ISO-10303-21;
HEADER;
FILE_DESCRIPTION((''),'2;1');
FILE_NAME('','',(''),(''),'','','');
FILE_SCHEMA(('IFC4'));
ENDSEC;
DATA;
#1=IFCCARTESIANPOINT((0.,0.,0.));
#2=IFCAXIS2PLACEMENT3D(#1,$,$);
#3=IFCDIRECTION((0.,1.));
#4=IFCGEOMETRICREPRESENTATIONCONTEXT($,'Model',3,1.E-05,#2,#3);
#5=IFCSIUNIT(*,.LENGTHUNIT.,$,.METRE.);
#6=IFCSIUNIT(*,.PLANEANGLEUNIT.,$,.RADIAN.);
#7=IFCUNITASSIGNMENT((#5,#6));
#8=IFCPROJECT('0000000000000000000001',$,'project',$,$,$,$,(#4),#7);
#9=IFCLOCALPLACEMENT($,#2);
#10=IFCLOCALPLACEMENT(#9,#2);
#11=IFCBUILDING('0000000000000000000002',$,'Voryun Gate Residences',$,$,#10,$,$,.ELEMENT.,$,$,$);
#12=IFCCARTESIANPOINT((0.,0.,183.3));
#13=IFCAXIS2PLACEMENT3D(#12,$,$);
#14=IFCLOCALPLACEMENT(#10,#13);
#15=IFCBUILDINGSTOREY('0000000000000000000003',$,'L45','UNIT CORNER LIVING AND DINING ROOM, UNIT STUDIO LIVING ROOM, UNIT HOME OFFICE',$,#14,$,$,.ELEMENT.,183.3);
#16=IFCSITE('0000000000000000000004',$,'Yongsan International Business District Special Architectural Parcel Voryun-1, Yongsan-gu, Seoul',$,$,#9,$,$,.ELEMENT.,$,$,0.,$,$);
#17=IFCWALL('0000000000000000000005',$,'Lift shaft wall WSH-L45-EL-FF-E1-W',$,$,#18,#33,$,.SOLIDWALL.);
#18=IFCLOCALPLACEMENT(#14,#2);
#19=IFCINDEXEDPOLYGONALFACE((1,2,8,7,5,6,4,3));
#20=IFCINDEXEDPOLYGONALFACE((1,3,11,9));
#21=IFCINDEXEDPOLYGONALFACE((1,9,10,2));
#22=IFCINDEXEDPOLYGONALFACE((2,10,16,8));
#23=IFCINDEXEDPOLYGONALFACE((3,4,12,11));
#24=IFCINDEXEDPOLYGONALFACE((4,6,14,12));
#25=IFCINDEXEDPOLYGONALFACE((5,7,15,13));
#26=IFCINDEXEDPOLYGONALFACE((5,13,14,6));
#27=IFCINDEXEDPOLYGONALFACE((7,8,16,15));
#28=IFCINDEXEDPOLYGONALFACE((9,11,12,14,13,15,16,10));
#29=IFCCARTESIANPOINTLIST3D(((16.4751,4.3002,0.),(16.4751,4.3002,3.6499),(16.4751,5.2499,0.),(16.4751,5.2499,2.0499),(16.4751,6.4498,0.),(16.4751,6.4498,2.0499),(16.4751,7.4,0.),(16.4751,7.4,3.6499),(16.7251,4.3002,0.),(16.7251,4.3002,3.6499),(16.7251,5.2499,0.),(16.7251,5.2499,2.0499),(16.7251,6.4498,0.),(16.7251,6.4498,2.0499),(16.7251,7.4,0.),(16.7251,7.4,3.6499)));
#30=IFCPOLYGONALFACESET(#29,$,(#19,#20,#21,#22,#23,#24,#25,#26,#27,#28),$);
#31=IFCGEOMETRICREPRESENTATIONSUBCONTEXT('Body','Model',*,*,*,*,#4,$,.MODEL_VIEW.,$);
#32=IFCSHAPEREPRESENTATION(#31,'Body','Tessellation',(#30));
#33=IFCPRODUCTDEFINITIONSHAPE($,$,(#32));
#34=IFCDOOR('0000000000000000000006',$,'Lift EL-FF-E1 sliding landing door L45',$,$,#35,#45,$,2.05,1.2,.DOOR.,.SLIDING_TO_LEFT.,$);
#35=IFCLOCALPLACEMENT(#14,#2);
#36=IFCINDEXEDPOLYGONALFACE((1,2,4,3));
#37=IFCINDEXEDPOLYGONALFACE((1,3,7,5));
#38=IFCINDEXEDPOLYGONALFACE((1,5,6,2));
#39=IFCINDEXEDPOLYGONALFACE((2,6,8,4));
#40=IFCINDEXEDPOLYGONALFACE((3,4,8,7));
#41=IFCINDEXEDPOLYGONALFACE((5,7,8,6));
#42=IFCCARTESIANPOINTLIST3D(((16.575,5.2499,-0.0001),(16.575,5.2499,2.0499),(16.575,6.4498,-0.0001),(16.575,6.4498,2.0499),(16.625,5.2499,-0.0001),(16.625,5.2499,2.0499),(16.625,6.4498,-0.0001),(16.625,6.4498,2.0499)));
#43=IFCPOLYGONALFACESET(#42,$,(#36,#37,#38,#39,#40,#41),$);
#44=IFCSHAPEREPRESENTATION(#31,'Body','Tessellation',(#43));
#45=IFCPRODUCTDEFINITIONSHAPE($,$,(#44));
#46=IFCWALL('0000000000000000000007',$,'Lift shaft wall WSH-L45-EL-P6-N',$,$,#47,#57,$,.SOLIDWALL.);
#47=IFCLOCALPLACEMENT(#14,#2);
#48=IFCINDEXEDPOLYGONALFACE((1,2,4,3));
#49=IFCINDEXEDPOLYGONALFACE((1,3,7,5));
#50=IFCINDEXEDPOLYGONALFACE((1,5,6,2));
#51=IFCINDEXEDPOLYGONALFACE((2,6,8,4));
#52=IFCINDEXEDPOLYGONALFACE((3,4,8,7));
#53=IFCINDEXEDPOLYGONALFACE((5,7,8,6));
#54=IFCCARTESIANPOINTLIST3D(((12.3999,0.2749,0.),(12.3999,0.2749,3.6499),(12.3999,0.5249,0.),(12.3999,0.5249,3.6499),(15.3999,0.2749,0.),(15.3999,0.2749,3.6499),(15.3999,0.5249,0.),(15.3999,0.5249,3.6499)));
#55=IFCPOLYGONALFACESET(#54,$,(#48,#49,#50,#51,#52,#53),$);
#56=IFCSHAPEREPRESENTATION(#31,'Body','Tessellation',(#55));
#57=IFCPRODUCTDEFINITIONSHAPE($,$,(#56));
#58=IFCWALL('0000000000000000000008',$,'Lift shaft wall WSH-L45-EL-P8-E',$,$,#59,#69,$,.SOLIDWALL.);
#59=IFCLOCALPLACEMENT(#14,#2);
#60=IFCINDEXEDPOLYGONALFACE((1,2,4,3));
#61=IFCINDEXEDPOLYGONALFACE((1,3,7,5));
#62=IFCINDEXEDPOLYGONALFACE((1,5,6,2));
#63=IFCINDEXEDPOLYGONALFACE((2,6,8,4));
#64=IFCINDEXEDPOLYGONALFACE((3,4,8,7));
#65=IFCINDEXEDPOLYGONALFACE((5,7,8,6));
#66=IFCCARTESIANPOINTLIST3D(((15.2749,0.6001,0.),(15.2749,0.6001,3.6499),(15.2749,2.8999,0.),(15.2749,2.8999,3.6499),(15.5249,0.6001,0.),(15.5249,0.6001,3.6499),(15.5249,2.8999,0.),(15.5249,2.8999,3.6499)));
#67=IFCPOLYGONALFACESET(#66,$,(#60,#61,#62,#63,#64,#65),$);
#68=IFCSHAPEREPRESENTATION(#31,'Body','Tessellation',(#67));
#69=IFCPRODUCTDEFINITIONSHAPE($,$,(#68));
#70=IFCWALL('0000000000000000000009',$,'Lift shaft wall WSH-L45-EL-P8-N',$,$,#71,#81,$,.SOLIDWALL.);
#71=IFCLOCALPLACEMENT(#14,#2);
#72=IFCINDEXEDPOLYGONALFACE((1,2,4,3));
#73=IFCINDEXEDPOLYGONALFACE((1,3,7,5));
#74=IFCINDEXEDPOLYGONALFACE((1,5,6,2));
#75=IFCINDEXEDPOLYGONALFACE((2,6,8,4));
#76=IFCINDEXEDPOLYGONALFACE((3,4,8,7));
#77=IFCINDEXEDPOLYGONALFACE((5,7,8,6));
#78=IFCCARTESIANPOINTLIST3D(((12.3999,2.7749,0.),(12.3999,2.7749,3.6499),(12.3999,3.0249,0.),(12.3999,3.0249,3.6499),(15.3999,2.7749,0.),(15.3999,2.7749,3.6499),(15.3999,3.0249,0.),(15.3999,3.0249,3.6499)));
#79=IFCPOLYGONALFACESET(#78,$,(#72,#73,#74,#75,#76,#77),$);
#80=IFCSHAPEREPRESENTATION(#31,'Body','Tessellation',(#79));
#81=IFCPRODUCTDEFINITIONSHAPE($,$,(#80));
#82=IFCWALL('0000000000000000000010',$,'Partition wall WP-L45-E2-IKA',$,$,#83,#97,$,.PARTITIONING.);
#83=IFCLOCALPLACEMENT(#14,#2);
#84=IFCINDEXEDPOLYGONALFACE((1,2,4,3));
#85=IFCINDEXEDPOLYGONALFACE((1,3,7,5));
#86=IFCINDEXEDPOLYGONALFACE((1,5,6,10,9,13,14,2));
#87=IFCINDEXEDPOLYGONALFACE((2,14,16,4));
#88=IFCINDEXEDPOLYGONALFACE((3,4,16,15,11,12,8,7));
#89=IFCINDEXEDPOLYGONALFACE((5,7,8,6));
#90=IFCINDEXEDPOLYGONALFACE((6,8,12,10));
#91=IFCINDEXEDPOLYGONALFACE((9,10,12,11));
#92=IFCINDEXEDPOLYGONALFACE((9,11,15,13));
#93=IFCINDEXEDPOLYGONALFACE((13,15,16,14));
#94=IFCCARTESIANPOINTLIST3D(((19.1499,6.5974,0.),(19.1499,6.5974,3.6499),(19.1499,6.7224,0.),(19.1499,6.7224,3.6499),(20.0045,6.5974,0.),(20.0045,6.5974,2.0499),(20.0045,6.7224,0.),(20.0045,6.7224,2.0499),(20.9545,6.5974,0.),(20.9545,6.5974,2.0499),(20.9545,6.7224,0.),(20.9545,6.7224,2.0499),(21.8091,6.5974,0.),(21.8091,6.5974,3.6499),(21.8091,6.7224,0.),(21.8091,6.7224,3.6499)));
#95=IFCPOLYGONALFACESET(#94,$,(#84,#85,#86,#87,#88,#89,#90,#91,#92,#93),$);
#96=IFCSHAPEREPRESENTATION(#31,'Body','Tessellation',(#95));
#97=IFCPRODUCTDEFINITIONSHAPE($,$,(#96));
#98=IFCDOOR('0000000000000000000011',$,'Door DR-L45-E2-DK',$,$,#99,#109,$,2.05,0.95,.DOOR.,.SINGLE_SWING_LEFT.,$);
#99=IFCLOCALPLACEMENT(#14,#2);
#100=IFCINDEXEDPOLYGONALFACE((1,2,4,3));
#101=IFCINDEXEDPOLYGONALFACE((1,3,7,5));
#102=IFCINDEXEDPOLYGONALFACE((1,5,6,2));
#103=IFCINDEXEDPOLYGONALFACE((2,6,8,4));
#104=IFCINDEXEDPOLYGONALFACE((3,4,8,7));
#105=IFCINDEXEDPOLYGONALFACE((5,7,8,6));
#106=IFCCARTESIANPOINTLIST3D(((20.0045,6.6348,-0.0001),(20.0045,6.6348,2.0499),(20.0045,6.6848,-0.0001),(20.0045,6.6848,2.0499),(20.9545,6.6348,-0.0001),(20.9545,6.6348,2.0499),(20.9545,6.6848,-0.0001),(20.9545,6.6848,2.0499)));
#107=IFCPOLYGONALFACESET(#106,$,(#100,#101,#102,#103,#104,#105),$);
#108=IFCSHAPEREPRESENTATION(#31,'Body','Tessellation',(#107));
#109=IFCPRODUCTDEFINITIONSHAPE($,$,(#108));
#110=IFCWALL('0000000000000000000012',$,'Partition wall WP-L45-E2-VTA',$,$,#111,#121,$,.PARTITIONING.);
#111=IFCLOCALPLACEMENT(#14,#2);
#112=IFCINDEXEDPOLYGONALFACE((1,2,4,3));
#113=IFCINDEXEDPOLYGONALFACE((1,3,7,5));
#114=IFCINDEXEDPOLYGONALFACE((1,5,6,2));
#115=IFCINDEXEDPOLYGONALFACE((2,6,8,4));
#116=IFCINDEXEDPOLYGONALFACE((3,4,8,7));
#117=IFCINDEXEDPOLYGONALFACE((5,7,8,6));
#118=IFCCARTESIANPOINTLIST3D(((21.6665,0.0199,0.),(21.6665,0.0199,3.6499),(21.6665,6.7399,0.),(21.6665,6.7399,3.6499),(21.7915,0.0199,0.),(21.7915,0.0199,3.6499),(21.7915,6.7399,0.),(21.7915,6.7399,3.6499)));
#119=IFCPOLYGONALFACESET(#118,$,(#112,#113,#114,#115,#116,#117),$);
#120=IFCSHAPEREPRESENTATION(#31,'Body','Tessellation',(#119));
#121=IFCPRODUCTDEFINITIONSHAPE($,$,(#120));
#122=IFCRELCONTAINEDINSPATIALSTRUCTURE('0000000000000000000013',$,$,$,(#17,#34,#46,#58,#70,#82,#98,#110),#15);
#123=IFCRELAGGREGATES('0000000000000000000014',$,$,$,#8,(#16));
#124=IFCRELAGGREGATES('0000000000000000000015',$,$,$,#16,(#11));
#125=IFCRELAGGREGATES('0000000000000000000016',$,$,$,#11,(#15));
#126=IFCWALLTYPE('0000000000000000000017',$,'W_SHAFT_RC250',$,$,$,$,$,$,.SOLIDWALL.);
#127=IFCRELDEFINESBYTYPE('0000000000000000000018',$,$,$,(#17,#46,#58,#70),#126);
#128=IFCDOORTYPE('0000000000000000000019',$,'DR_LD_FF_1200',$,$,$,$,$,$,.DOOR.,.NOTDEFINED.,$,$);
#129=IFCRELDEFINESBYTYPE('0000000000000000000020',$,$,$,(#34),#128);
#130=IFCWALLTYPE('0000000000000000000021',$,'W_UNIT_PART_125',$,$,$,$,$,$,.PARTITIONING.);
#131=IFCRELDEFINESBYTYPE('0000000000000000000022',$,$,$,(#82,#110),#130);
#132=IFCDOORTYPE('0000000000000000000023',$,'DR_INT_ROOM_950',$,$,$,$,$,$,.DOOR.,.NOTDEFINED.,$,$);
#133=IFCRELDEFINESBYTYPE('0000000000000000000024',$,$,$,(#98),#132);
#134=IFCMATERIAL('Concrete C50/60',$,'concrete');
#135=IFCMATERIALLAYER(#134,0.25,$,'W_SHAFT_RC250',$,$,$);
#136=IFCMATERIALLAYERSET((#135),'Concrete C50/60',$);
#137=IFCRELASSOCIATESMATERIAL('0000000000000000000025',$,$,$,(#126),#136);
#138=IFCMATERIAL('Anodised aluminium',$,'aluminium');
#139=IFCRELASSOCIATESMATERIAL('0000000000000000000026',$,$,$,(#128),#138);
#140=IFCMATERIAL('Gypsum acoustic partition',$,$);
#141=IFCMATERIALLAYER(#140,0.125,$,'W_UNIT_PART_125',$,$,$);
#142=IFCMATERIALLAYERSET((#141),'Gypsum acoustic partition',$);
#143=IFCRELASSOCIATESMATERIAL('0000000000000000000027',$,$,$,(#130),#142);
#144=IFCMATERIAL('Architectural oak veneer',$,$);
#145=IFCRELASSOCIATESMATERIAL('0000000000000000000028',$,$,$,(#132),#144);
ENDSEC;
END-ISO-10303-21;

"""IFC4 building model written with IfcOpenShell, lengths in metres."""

from ifc_helpers import new_model, si_unit, direction, frame, frame_2d, origin, place, context, subcontext, project, spatial, rectangle, extrude, material, layer, layer_set, type_object, element, fill, save


model = new_model("IFC4")

# Units and contexts
model_context = context("Model", 3, precision=1e-05, world=origin(), true_north=direction((0.0, 1.0)))
body_context = subcontext(model_context, "Body", "Model", "MODEL_VIEW")
ifc_project = project(units=[si_unit("LENGTHUNIT", "METRE"), si_unit("PLANEANGLEUNIT", "RADIAN")], contexts=[model_context])

# Site, building, storey
site_placement = place(None, origin())
site = spatial("IfcSite", under=ifc_project, at=site_placement, Name="Yongsan International Business District Special Architectural Parcel Voryun-1, Yongsan-gu, Seoul", CompositionType="ELEMENT", RefElevation=0.0)
building_placement = place(site_placement, origin())
building = spatial("IfcBuilding", under=site, at=building_placement, Name="Voryun Gate Residences", CompositionType="ELEMENT")
storey_placement = place(building_placement, frame((0.0, 0.0, 183.3)))
storey = spatial("IfcBuildingStorey", under=building, at=storey_placement, Name="L45", Description="UNIT CORNER LIVING AND DINING ROOM, UNIT STUDIO LIVING ROOM, UNIT HOME OFFICE", CompositionType="ELEMENT", Elevation=183.3)

# Shared definitions
ifc_material_1 = material(Name="Concrete C50/60", Category="concrete")
ifc_layer_1 = layer(ifc_material_1, 0.25, Name="W_SHAFT_RC250")
ifc_layer_set_1 = layer_set([ifc_layer_1], Name="Concrete C50/60")
wall_type_1 = type_object("IfcWallType", Name="W_SHAFT_RC250", PredefinedType="SOLIDWALL", material=ifc_layer_set_1)

# Wall, opening, door
wall_1_placement = place(storey_placement, frame((16.6001, 7.3999, 0.0), z_axis=(0.0, 0.0, 1.0), x_axis=(0.0, -1.0, 0.0)))
wall_1 = element("IfcWall", 1, at=wall_1_placement, inside=storey, type_object=wall_type_1, Name="Lift shaft wall WSH-L45-EL-FF-E1-W", PredefinedType="SOLIDWALL", context=body_context, shape_type="SweptSolid", body=[
    extrude(rectangle(XDim=3.0999, YDim=0.25, at=frame_2d((1.5498, 0.0))), origin(), (0.0, 0.0, 1.0), 3.6499),
])
opening_1_placement = place(wall_1_placement, frame((0.95, 0.0, 0.0)))
opening_1 = element("IfcOpeningElement", 2, at=opening_1_placement, cuts=wall_1, PredefinedType="OPENING", context=body_context, shape_type="SweptSolid", body=[
    extrude(rectangle(XDim=1.2, YDim=2.05, at=frame_2d((0.6001, 1.0249))), frame((0.0, 0.135, 0.0), z_axis=(0.0, -1.0, 0.0), x_axis=(1.0, 0.0, 0.0)), (0.0, 0.0, 1.0), 0.27),
])
ifc_material_2 = material(Name="Anodised aluminium", Category="aluminium")
door_type_1 = type_object("IfcDoorType", Name="DR_LD_FF_1200", OperationType="NOTDEFINED", PredefinedType="DOOR", material=ifc_material_2)
door_1_placement = place(opening_1_placement, origin())
door_1 = element("IfcDoor", 3, at=door_1_placement, inside=storey, type_object=door_type_1, Name="Lift EL-FF-E1 sliding landing door L45", OperationType="SLIDING_TO_LEFT", OverallHeight=2.05, OverallWidth=1.2, PredefinedType="DOOR", context=body_context, shape_type="SweptSolid", body=[
    extrude(rectangle(XDim=1.2, YDim=2.05, at=frame_2d((0.6001, 1.0249))), frame((0.0, 0.0249, 0.0), z_axis=(0.0, -1.0, 0.0), x_axis=(1.0, 0.0, 0.0)), (0.0, 0.0, 1.0), 0.05),
])
fill(opening_1, door_1)

# Walls
wall_2_placement = place(storey_placement, frame((15.3999, 0.3999, 0.0), z_axis=(0.0, 0.0, 1.0), x_axis=(-1.0, 0.0, 0.0)))
element("IfcWall", 4, at=wall_2_placement, inside=storey, type_object=wall_type_1, Name="Lift shaft wall WSH-L45-EL-P6-N", PredefinedType="SOLIDWALL", context=body_context, shape_type="SweptSolid", body=[
    extrude(rectangle(XDim=3.0, YDim=0.25, at=frame_2d((1.5, 0.0))), origin(), (0.0, 0.0, 1.0), 3.6499),
])
wall_3_placement = place(storey_placement, frame((15.3999, 0.6001, 0.0), z_axis=(0.0, 0.0, 1.0), x_axis=(0.0, 1.0, 0.0)))
element("IfcWall", 5, at=wall_3_placement, inside=storey, type_object=wall_type_1, Name="Lift shaft wall WSH-L45-EL-P8-E", PredefinedType="SOLIDWALL", context=body_context, shape_type="SweptSolid", body=[
    extrude(rectangle(XDim=2.2998, YDim=0.25, at=frame_2d((1.1499, 0.0))), origin(), (0.0, 0.0, 1.0), 3.6499),
])
wall_4_placement = place(storey_placement, frame((15.3999, 2.8999, 0.0), z_axis=(0.0, 0.0, 1.0), x_axis=(-1.0, 0.0, 0.0)))
element("IfcWall", 6, at=wall_4_placement, inside=storey, type_object=wall_type_1, Name="Lift shaft wall WSH-L45-EL-P8-N", PredefinedType="SOLIDWALL", context=body_context, shape_type="SweptSolid", body=[
    extrude(rectangle(XDim=3.0, YDim=0.25, at=frame_2d((1.5, 0.0))), origin(), (0.0, 0.0, 1.0), 3.6499),
])

# Wall, opening, door
ifc_material_3 = material(Name="Gypsum acoustic partition")
ifc_layer_2 = layer(ifc_material_3, 0.125, Name="W_UNIT_PART_125")
ifc_layer_set_2 = layer_set([ifc_layer_2], Name="Gypsum acoustic partition")
wall_type_2 = type_object("IfcWallType", Name="W_UNIT_PART_125", PredefinedType="PARTITIONING", material=ifc_layer_set_2)
wall_5_placement = place(storey_placement, frame((19.1499, 6.6599, 0.0), z_axis=(0.0, 0.0, 1.0), x_axis=(1.0, 0.0, 0.0)))
wall_5 = element("IfcWall", 7, at=wall_5_placement, inside=storey, type_object=wall_type_2, Name="Partition wall WP-L45-E2-IKA", PredefinedType="PARTITIONING", context=body_context, shape_type="SweptSolid", body=[
    extrude(rectangle(XDim=2.6592, YDim=0.125, at=frame_2d((1.3296, 0.0))), origin(), (0.0, 0.0, 1.0), 3.6499),
])
opening_2_placement = place(wall_5_placement, frame((0.8545, 0.0, 0.0)))
opening_2 = element("IfcOpeningElement", 8, at=opening_2_placement, cuts=wall_5, PredefinedType="OPENING", context=body_context, shape_type="SweptSolid", body=[
    extrude(rectangle(XDim=0.95, YDim=2.05, at=frame_2d((0.4751, 1.0249))), frame((0.0, 0.0725, 0.0), z_axis=(0.0, -1.0, 0.0), x_axis=(1.0, 0.0, 0.0)), (0.0, 0.0, 1.0), 0.145),
])
ifc_material_4 = material(Name="Architectural oak veneer")
door_type_2 = type_object("IfcDoorType", Name="DR_INT_ROOM_950", OperationType="NOTDEFINED", PredefinedType="DOOR", material=ifc_material_4)
door_2_placement = place(opening_2_placement, origin())
door_2 = element("IfcDoor", 9, at=door_2_placement, inside=storey, type_object=door_type_2, Name="Door DR-L45-E2-DK", OperationType="SINGLE_SWING_LEFT", OverallHeight=2.05, OverallWidth=0.95, PredefinedType="DOOR", context=body_context, shape_type="SweptSolid", body=[
    extrude(rectangle(XDim=0.95, YDim=2.05, at=frame_2d((0.4751, 1.0249))), frame((0.0, 0.0249, 0.0), z_axis=(0.0, -1.0, 0.0), x_axis=(1.0, 0.0, 0.0)), (0.0, 0.0, 1.0), 0.05),
])
fill(opening_2, door_2)

# Wall
wall_6_placement = place(storey_placement, frame((21.729, 0.02, 0.0), z_axis=(0.0, 0.0, 1.0), x_axis=(0.0, 1.0, 0.0)))
element("IfcWall", 10, at=wall_6_placement, inside=storey, type_object=wall_type_2, Name="Partition wall WP-L45-E2-VTA", PredefinedType="PARTITIONING", context=body_context, shape_type="SweptSolid", body=[
    extrude(rectangle(XDim=6.72, YDim=0.125, at=frame_2d((3.3599, 0.0))), origin(), (0.0, 0.0, 1.0), 3.6499),
])

save(model, "model.ifc")
